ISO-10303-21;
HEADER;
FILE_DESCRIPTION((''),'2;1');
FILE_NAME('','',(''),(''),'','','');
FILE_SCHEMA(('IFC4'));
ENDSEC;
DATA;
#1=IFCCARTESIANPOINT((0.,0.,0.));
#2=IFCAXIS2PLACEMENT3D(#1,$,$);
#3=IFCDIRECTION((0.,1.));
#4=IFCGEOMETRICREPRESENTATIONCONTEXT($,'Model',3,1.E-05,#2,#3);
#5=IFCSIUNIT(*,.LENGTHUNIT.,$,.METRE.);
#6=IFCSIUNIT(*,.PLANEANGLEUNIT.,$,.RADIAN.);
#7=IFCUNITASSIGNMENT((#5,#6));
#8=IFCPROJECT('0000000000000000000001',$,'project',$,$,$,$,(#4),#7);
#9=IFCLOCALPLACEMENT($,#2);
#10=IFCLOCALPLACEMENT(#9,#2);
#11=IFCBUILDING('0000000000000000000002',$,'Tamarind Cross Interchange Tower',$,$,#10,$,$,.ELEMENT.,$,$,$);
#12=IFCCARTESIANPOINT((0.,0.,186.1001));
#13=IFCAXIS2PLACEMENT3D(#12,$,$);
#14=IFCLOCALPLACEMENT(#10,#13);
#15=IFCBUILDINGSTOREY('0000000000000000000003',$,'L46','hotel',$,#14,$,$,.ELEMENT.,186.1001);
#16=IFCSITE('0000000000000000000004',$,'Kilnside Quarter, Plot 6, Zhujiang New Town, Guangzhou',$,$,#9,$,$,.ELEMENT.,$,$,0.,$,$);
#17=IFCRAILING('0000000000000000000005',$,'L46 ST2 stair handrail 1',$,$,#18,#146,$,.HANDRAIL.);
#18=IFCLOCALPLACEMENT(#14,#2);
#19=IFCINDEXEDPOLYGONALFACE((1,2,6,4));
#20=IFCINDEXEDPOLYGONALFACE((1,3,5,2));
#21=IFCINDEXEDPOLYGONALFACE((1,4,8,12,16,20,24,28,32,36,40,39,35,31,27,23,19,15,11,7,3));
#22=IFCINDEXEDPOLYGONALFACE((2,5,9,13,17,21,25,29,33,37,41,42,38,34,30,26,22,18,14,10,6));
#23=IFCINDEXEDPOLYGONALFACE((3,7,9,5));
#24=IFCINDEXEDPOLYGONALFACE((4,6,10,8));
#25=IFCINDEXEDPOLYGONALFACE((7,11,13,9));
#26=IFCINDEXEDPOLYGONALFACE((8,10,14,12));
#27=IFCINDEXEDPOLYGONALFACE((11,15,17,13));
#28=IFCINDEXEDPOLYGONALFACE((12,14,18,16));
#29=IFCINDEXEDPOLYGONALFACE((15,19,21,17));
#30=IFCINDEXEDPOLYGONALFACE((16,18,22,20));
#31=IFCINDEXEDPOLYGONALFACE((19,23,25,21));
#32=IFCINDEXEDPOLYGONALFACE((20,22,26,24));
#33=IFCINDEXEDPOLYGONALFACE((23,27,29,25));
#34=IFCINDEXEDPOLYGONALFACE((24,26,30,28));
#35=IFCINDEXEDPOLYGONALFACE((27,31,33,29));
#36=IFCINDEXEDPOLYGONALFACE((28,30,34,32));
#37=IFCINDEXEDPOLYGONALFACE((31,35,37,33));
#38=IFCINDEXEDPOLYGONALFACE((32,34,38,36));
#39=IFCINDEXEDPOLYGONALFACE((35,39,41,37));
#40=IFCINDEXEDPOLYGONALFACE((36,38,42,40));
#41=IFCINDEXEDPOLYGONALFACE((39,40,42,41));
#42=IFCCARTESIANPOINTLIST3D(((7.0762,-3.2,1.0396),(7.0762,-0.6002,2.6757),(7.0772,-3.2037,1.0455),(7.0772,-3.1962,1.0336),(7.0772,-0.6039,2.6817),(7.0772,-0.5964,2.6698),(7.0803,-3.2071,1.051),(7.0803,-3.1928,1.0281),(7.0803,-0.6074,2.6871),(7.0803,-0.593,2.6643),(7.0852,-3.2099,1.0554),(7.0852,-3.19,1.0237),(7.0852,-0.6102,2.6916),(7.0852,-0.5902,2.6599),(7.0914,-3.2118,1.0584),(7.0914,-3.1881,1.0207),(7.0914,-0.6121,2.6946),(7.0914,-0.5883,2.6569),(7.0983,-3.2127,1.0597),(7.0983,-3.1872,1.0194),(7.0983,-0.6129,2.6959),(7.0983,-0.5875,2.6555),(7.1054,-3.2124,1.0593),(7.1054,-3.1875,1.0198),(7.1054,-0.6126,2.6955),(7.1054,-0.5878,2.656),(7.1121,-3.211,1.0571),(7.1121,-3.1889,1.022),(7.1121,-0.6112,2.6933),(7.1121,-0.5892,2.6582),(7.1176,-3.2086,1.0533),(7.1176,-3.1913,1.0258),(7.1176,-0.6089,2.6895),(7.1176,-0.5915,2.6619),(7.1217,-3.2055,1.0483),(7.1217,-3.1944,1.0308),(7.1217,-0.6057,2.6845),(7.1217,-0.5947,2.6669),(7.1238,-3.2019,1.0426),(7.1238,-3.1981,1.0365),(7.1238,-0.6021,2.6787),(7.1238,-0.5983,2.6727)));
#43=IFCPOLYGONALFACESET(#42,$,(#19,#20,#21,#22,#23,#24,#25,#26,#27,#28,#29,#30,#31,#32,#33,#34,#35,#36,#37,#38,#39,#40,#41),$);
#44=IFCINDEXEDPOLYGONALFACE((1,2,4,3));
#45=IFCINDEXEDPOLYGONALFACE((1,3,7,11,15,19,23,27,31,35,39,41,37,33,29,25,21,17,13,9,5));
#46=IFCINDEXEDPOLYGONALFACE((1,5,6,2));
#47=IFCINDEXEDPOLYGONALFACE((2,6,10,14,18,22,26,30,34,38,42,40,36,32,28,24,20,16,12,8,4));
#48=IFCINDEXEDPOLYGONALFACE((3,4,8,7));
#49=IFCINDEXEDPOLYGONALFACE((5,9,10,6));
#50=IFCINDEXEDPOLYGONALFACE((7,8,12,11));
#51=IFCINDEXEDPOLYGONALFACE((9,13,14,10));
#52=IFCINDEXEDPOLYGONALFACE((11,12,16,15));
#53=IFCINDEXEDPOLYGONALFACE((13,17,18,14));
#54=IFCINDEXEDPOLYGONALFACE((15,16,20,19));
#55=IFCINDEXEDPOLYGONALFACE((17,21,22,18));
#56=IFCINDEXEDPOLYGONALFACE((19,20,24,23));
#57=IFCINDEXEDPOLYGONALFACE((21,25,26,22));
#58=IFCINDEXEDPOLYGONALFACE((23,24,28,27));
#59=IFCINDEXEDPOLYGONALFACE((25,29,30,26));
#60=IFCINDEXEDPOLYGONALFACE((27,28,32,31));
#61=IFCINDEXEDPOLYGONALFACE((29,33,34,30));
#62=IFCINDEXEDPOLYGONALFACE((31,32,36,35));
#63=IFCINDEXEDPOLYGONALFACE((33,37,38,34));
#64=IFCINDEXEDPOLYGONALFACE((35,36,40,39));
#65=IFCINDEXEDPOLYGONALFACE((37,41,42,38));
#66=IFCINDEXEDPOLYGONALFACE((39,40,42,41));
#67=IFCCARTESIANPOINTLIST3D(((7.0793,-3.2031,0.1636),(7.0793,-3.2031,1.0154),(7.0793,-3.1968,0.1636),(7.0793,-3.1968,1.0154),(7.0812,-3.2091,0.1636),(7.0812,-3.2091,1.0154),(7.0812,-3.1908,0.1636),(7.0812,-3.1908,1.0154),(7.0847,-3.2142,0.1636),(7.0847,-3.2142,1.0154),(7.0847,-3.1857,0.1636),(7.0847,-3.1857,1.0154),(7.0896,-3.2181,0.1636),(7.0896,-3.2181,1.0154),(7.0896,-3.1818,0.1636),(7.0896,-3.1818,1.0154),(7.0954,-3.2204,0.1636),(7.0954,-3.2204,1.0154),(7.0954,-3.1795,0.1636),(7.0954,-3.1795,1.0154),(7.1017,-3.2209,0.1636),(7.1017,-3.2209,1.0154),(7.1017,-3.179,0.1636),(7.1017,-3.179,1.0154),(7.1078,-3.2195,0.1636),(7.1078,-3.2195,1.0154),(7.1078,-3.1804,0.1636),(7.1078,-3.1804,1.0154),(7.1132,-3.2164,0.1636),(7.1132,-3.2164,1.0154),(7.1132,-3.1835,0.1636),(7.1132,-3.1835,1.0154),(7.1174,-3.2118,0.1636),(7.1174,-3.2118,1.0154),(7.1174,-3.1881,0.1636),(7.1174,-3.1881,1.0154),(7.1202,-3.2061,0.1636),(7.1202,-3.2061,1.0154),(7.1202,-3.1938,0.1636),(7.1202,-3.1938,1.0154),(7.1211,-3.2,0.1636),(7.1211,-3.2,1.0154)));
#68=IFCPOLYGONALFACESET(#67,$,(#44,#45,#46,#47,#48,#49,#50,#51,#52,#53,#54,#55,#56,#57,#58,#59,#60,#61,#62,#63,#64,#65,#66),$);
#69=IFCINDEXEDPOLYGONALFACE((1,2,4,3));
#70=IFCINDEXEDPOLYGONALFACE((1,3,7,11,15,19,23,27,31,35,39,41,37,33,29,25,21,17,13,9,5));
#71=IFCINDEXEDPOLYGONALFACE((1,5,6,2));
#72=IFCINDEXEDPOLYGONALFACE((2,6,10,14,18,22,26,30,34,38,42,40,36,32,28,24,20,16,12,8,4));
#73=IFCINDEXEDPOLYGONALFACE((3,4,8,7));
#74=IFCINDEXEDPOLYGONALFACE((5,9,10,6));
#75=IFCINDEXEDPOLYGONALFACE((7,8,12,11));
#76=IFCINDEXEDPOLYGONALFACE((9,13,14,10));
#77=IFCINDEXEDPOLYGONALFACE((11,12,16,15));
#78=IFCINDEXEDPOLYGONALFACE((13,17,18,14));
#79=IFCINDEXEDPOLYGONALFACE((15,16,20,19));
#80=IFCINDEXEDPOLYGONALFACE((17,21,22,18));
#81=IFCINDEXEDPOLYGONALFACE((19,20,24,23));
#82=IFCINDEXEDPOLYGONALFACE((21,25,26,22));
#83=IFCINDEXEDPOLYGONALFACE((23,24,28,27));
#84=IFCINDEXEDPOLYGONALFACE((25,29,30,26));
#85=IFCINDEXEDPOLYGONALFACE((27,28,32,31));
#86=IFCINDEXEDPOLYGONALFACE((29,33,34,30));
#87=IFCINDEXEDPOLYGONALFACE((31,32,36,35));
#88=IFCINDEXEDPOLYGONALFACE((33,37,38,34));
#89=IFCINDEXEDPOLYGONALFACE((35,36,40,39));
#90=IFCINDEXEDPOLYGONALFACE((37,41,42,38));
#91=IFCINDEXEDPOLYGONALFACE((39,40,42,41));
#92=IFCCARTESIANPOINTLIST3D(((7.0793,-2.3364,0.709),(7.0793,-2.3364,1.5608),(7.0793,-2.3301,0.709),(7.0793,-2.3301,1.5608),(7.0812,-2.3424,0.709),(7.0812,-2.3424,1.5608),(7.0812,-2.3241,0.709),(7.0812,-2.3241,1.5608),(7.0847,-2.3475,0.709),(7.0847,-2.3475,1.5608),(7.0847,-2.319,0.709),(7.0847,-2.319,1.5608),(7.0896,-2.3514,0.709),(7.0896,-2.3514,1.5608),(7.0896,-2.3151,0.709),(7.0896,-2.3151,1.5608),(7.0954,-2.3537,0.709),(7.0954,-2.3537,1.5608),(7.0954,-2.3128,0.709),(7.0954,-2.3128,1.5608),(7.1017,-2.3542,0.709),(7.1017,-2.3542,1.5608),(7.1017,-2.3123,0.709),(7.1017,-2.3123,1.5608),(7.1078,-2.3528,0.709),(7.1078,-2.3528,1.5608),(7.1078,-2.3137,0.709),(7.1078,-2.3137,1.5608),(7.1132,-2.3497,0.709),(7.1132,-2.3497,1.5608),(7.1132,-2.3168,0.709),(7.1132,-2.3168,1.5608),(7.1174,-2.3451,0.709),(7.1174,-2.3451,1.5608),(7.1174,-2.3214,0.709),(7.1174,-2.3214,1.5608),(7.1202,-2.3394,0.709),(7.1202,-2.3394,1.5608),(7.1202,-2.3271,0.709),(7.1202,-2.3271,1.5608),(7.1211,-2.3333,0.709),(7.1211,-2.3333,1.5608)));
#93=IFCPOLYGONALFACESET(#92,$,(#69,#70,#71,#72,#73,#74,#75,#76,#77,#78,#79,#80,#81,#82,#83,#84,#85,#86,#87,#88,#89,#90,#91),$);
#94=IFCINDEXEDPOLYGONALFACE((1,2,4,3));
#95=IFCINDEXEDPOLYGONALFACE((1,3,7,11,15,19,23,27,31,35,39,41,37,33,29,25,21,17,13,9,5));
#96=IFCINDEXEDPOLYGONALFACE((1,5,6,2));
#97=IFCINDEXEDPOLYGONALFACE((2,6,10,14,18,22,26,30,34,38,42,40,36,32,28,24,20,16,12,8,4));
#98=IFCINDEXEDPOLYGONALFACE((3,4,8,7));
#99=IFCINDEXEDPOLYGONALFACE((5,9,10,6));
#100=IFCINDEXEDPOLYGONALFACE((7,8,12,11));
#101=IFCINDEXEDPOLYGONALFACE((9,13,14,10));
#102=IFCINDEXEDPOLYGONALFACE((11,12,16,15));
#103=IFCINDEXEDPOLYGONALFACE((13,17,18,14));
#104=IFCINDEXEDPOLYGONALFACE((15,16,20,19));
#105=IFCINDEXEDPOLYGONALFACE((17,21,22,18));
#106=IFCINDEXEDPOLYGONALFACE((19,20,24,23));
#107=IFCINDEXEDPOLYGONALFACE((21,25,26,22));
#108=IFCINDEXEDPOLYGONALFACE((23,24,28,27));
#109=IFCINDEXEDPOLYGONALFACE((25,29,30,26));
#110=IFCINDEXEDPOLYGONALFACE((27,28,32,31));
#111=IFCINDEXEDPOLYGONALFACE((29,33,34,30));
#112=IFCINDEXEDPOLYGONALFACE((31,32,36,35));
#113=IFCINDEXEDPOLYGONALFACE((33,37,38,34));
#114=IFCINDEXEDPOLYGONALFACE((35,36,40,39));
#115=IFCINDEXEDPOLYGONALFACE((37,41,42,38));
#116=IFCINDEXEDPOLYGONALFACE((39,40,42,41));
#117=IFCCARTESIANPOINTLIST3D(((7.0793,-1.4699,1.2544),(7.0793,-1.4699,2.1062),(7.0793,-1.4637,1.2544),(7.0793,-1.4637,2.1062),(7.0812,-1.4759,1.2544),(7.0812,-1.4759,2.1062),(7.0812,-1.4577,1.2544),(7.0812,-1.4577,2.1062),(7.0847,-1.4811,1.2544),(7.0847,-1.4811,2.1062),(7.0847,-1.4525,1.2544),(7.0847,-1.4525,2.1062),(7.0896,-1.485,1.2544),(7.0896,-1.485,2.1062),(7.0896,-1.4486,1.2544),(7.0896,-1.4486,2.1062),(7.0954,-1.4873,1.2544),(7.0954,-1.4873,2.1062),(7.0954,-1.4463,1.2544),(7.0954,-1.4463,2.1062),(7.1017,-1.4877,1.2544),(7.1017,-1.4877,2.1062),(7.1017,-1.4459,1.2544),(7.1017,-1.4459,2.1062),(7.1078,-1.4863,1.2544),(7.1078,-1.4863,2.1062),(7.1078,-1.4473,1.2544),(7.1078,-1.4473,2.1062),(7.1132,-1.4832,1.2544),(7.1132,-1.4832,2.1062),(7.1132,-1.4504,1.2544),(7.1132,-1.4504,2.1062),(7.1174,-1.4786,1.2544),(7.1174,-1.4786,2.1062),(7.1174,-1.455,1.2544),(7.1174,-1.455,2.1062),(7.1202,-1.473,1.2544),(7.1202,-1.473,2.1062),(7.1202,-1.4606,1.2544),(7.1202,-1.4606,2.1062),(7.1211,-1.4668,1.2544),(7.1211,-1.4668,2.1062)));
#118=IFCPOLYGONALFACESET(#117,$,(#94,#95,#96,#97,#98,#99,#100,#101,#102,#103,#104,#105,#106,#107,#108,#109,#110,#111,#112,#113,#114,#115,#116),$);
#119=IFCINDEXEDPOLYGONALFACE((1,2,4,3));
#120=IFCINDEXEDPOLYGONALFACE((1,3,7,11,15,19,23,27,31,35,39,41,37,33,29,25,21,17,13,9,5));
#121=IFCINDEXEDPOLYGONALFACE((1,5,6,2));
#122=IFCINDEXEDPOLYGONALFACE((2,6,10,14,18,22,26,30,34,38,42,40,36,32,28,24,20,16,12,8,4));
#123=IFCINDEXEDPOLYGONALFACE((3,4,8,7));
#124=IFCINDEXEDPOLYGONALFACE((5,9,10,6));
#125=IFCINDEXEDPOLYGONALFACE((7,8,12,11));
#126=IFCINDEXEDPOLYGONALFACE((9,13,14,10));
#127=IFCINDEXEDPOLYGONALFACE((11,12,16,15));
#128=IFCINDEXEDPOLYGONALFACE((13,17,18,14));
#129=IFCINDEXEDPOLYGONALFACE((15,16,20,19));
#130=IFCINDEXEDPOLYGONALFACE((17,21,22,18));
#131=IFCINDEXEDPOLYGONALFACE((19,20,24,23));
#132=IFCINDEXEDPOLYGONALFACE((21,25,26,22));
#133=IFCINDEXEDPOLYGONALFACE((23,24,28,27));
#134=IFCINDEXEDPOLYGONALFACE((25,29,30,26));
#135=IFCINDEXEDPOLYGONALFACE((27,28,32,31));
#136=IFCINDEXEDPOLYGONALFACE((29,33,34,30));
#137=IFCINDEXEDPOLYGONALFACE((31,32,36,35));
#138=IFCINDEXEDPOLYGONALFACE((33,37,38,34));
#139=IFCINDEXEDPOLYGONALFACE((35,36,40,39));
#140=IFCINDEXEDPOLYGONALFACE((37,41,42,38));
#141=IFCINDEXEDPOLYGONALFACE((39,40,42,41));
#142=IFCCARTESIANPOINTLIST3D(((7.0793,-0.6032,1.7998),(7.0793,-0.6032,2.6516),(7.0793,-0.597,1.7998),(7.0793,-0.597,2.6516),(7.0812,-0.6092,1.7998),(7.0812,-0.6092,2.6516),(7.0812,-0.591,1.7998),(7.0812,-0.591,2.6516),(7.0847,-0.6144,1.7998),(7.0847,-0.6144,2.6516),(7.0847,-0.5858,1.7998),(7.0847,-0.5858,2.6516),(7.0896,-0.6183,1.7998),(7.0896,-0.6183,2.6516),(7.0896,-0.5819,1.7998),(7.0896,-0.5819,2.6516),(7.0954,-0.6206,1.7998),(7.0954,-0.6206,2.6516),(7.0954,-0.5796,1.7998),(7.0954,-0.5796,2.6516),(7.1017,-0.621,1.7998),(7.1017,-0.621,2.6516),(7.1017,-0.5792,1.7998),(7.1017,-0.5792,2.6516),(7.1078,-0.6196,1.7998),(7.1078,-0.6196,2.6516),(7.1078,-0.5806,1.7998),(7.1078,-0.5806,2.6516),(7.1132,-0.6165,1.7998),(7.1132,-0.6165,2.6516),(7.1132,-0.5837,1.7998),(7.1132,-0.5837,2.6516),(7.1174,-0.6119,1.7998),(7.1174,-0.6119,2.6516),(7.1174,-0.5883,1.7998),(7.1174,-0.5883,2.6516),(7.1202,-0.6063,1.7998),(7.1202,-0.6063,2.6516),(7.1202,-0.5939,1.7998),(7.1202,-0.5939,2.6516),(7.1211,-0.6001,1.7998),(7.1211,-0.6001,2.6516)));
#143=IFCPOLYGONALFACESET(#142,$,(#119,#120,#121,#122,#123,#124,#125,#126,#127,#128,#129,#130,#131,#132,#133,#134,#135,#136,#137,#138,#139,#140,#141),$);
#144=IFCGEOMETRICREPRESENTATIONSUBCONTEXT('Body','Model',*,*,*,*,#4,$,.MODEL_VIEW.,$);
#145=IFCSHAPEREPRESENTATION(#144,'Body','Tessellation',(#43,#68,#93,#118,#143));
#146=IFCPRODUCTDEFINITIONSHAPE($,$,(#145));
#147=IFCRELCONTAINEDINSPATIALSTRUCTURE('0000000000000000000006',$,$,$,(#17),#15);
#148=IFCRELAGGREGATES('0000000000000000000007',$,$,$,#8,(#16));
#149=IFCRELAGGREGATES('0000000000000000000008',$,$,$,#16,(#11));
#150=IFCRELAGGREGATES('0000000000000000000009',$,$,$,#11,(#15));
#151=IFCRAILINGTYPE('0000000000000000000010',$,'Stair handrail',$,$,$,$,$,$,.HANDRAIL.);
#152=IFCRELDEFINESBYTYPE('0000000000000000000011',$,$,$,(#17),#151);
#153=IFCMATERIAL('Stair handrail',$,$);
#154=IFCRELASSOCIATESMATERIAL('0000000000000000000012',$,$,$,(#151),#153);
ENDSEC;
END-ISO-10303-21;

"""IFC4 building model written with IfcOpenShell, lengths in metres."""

from ifc_helpers import new_model, si_unit, direction, frame, origin, origin_2d, place, context, subcontext, project, spatial, circle, extrude, material, type_object, element, save


model = new_model("IFC4")

# Units and contexts
model_context = context("Model", 3, precision=1e-05, world=origin(), true_north=direction((0.0, 1.0)))
body_context = subcontext(model_context, "Body", "Model", "MODEL_VIEW")
ifc_project = project(units=[si_unit("LENGTHUNIT", "METRE"), si_unit("PLANEANGLEUNIT", "RADIAN")], contexts=[model_context])

# Site, building, storey
site_placement = place(None, origin())
site = spatial("IfcSite", under=ifc_project, at=site_placement, Name="Kilnside Quarter, Plot 6, Zhujiang New Town, Guangzhou", CompositionType="ELEMENT", RefElevation=0.0)
building_placement = place(site_placement, origin())
building = spatial("IfcBuilding", under=site, at=building_placement, Name="Tamarind Cross Interchange Tower", CompositionType="ELEMENT")
storey_placement = place(building_placement, frame((0.0, 0.0, 186.1001)))
storey = spatial("IfcBuildingStorey", under=building, at=storey_placement, Name="L46", Description="hotel", CompositionType="ELEMENT", Elevation=186.1001)

# Railing
ifc_material_1 = material(Name="Stair handrail")
railing_type_1 = type_object("IfcRailingType", Name="Stair handrail", PredefinedType="HANDRAIL", material=ifc_material_1)
railing_1_placement = place(storey_placement, frame((7.1001, -3.2, 0.1636)))
element("IfcRailing", 1, at=railing_1_placement, inside=storey, type_object=railing_type_1, Name="L46 ST2 stair handrail 1", PredefinedType="HANDRAIL", context=body_context, shape_type="SweptSolid", body=[
    extrude(circle(Radius=0.0239, at=origin_2d()), frame((0.0, 0.0, 0.876), z_axis=(0.0, 0.846338, 0.532647), x_axis=(-1.0, 0.0, 0.0)), (0.0, 0.0, 1.0), 3.0718),
    extrude(circle(Radius=0.021, at=origin_2d()), origin(), (0.0, 0.0, 1.0), 0.8518),
    extrude(circle(Radius=0.021, at=origin_2d()), frame((0.0, 0.8667, 0.5454)), (0.0, 0.0, 1.0), 0.8518),
    extrude(circle(Radius=0.021, at=origin_2d()), frame((0.0, 1.7332, 1.0908)), (0.0, 0.0, 1.0), 0.8518),
    extrude(circle(Radius=0.021, at=origin_2d()), frame((0.0, 2.5999, 1.6362)), (0.0, 0.0, 1.0), 0.8518),
])

save(model, "model.ifc")
